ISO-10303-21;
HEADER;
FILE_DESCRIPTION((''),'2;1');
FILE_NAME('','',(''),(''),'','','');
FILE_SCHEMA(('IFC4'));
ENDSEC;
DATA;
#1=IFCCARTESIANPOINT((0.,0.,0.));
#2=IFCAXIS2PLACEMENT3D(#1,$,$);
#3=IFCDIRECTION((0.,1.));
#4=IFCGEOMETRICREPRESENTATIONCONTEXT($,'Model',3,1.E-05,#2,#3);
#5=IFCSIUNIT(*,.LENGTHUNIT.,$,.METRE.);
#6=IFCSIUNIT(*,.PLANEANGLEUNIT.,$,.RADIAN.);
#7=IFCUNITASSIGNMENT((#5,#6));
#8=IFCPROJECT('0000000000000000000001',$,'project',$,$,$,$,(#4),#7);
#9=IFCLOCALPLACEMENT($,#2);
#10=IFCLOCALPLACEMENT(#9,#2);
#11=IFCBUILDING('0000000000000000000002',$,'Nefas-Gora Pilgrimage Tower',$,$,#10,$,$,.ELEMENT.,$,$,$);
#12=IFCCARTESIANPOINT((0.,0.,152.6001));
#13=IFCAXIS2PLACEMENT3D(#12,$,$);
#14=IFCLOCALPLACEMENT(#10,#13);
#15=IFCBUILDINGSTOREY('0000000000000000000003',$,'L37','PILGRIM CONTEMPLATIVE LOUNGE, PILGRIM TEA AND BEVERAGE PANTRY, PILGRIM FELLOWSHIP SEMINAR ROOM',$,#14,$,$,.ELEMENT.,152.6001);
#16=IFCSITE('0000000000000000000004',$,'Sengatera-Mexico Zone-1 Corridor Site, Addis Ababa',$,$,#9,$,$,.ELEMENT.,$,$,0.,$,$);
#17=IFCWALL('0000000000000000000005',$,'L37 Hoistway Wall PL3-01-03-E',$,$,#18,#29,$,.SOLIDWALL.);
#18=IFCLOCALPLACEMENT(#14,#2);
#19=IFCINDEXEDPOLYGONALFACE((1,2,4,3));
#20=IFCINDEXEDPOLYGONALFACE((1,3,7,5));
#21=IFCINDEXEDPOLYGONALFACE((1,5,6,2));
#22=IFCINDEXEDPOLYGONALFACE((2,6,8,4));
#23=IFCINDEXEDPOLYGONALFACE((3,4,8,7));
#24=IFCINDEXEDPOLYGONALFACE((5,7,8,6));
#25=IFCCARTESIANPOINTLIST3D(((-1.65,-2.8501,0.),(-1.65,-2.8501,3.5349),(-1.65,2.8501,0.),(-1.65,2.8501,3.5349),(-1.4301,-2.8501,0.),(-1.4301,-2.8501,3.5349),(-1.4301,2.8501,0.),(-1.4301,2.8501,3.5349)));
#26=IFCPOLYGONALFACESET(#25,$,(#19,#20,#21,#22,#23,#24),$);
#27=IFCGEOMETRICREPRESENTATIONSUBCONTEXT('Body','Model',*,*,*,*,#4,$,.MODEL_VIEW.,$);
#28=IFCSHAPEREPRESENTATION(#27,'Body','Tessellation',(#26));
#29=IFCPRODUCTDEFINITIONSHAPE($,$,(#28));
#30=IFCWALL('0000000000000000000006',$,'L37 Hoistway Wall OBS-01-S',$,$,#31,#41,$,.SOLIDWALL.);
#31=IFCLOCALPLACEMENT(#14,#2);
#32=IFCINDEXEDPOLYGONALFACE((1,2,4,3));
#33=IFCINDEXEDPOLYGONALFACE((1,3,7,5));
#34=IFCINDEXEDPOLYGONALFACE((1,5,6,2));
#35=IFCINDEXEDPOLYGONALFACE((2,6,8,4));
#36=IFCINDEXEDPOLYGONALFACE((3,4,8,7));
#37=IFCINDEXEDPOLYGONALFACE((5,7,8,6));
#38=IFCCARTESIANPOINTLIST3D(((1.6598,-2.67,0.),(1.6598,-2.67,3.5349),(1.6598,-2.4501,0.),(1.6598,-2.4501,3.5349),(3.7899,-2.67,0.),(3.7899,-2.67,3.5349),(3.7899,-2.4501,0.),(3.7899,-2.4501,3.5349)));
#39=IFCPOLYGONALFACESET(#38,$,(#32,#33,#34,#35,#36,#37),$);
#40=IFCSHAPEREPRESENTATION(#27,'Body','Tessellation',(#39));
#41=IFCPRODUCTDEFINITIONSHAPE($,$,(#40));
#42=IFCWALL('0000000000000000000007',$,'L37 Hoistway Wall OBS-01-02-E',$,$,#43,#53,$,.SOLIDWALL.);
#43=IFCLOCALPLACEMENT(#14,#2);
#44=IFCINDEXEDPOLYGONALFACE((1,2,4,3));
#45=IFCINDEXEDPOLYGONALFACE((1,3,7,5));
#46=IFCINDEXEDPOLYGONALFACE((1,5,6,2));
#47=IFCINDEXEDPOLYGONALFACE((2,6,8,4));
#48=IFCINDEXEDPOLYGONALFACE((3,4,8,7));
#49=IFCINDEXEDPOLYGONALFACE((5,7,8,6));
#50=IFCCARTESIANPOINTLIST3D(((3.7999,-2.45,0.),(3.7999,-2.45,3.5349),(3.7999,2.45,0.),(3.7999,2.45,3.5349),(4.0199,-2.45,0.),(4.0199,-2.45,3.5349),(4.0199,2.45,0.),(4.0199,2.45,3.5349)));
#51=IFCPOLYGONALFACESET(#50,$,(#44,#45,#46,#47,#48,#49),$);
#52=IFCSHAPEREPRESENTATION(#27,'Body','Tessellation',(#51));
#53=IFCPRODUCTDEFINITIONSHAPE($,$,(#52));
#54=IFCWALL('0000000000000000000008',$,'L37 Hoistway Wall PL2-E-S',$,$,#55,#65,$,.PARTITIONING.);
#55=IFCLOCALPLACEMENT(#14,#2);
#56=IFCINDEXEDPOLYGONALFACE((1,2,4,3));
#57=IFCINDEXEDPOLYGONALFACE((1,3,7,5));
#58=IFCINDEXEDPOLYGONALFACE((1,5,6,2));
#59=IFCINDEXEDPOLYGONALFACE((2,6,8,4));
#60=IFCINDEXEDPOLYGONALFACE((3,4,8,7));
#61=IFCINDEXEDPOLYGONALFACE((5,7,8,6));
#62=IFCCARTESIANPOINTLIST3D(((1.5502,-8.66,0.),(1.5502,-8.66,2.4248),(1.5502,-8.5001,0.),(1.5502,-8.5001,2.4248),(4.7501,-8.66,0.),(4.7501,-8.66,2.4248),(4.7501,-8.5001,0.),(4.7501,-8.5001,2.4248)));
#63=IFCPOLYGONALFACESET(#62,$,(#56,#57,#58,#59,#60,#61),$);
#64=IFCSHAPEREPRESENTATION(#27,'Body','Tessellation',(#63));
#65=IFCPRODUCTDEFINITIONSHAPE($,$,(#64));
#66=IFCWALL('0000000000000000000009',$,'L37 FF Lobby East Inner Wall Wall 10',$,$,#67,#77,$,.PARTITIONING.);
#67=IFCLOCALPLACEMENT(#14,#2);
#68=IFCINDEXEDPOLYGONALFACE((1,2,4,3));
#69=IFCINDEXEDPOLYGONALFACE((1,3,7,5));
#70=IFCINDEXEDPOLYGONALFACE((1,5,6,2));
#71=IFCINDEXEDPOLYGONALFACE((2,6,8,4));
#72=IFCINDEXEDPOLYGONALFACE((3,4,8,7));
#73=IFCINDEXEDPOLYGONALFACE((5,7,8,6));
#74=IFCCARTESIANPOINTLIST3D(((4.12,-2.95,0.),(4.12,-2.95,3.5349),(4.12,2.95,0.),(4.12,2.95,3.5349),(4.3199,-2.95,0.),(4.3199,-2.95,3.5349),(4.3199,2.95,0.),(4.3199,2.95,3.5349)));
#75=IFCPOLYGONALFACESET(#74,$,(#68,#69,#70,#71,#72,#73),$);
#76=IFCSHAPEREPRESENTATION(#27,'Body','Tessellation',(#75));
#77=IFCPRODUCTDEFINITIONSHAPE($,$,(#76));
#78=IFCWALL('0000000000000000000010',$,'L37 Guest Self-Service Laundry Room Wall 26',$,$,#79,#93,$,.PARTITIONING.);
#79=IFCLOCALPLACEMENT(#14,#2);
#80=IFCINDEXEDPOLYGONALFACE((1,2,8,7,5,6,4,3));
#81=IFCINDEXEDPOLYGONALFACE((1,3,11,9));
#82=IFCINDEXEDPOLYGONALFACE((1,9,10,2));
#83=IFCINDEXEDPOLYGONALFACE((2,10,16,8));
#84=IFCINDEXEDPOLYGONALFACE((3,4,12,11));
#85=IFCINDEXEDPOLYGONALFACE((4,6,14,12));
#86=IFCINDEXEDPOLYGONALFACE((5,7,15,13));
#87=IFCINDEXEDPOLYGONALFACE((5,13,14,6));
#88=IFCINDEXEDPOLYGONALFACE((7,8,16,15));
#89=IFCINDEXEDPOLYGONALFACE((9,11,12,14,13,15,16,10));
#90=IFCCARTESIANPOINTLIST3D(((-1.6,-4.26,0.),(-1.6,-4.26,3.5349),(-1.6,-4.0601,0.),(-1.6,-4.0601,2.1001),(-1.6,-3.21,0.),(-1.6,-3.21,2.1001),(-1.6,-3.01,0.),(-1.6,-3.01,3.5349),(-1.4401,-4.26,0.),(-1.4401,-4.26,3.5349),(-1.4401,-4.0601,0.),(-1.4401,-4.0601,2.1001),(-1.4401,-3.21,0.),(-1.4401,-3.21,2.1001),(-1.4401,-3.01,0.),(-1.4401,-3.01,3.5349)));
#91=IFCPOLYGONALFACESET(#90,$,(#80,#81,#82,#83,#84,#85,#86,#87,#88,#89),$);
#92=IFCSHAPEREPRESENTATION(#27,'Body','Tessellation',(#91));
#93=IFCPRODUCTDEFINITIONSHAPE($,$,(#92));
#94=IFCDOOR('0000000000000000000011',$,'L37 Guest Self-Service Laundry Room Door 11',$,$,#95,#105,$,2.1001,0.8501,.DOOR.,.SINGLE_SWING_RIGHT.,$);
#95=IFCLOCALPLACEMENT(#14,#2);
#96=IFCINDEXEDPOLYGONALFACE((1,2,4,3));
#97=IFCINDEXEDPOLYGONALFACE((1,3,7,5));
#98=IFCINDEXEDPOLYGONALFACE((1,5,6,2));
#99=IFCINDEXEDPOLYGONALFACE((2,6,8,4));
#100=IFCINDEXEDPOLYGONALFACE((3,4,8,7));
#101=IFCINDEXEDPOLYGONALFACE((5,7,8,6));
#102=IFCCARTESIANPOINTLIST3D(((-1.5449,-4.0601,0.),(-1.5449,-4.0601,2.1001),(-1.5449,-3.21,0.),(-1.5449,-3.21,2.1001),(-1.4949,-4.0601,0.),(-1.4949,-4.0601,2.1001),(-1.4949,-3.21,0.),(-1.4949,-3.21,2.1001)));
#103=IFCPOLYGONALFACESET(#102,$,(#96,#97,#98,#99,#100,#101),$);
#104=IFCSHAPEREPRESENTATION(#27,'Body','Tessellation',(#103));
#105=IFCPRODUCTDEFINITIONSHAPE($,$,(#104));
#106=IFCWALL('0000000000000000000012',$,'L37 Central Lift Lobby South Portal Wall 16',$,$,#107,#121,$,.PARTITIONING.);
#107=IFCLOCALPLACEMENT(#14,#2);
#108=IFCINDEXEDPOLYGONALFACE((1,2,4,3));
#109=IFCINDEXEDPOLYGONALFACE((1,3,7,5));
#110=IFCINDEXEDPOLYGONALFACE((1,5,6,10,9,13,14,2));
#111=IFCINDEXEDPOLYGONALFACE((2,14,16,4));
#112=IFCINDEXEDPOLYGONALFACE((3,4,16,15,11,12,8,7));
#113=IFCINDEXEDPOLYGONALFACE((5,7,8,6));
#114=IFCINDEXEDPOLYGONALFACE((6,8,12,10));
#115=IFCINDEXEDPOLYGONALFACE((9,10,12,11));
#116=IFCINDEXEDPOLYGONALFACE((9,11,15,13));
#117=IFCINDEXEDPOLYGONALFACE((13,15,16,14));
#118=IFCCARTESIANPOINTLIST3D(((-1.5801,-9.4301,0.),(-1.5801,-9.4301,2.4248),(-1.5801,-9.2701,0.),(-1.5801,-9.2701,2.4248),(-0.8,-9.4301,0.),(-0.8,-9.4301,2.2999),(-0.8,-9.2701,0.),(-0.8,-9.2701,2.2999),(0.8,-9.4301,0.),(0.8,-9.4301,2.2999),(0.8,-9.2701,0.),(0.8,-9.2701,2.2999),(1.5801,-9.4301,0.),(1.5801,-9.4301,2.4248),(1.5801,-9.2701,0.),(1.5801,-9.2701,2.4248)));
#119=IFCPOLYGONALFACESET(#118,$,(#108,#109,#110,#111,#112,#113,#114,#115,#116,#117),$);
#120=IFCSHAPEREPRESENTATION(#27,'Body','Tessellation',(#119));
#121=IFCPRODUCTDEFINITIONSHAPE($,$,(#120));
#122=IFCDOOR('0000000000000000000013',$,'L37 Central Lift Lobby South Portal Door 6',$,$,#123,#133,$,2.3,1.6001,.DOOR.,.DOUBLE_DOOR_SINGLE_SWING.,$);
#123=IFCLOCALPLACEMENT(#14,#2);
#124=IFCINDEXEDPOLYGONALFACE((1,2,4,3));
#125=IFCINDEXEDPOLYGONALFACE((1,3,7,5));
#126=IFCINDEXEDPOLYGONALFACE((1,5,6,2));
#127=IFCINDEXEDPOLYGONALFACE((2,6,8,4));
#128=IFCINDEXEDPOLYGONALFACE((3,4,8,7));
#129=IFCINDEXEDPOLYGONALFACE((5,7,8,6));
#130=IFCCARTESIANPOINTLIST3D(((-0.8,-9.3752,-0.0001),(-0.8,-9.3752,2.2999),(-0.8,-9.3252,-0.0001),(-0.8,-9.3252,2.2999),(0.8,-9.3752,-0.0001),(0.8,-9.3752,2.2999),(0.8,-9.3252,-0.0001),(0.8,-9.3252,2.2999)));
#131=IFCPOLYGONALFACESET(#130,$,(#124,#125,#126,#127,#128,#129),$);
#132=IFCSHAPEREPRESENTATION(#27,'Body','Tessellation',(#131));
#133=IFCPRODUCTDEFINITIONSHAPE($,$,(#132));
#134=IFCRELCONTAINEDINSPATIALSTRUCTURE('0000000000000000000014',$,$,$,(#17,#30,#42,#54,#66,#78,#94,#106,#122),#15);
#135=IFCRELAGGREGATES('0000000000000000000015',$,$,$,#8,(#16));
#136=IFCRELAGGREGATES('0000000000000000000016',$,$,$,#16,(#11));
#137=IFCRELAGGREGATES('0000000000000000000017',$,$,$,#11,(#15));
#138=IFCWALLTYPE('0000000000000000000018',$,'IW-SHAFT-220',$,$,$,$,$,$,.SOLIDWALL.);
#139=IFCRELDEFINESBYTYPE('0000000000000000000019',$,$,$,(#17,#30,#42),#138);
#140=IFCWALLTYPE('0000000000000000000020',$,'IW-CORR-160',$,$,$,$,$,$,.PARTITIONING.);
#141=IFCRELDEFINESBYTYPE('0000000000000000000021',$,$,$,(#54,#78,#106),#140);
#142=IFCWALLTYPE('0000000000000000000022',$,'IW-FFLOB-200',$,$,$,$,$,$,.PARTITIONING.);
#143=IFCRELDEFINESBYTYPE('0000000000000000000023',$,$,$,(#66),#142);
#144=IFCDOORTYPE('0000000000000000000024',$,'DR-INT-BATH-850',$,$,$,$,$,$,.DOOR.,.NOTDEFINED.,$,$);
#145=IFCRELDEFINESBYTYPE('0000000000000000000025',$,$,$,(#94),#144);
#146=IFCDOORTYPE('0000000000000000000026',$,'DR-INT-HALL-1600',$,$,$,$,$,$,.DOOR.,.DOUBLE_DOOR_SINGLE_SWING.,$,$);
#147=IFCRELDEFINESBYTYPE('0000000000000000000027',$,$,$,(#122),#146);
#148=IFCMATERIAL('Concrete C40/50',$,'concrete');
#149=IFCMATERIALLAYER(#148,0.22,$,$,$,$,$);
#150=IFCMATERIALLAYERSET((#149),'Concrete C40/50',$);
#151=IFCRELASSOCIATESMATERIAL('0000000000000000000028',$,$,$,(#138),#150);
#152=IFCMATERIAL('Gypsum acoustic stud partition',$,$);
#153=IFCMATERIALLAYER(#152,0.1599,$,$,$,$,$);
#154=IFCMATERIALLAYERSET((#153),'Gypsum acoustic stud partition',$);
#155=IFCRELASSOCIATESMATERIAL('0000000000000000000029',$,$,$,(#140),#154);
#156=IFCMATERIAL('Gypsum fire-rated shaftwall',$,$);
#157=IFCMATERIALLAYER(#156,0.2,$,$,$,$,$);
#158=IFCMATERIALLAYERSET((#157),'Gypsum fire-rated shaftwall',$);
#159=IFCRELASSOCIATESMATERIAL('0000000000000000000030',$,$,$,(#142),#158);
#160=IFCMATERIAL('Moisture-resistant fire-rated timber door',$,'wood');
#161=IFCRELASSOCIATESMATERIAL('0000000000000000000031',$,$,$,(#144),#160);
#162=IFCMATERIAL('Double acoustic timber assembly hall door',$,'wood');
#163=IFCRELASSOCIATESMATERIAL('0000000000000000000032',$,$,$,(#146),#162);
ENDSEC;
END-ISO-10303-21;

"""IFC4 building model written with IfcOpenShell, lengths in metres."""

from ifc_helpers import new_model, si_unit, direction, frame, frame_2d, origin, place, context, subcontext, project, spatial, rectangle, extrude, source, transform, mapped, material, layer, layer_set, type_object, element, fill, save


model = new_model("IFC4")

# Units and contexts
model_context = context("Model", 3, precision=1e-05, world=origin(), true_north=direction((0.0, 1.0)))
body_context = subcontext(model_context, "Body", "Model", "MODEL_VIEW")
ifc_project = project(units=[si_unit("LENGTHUNIT", "METRE"), si_unit("PLANEANGLEUNIT", "RADIAN")], contexts=[model_context])

# Site, building, storey
site_placement = place(None, origin())
site = spatial("IfcSite", under=ifc_project, at=site_placement, Name="Sengatera-Mexico Zone-1 Corridor Site, Addis Ababa", CompositionType="ELEMENT", RefElevation=0.0)
building_placement = place(site_placement, origin())
building = spatial("IfcBuilding", under=site, at=building_placement, Name="Nefas-Gora Pilgrimage Tower", CompositionType="ELEMENT")
storey_placement = place(building_placement, frame((0.0, 0.0, 152.6001)))
storey = spatial("IfcBuildingStorey", under=building, at=storey_placement, Name="L37", Description="PILGRIM CONTEMPLATIVE LOUNGE, PILGRIM TEA AND BEVERAGE PANTRY, PILGRIM FELLOWSHIP SEMINAR ROOM", CompositionType="ELEMENT", Elevation=152.6001)

# Shared definitions
ifc_material_1 = material(Name="Concrete C40/50", Category="concrete")
ifc_layer_1 = layer(ifc_material_1, 0.22)
ifc_layer_set_1 = layer_set([ifc_layer_1], Name="Concrete C40/50")
wall_type_1 = type_object("IfcWallType", Name="IW-SHAFT-220", PredefinedType="SOLIDWALL", material=ifc_layer_set_1)

# Walls
shared_shape_1 = source(origin(), body_context, "Body", "SweptSolid", [
    extrude(rectangle(XDim=5.7002, YDim=0.22, at=frame_2d((2.8501, 0.0))), origin(), (0.0, 0.0, 1.0), 3.5349),
])
wall_1_placement = place(storey_placement, frame((-1.54, -2.8501, 0.0), z_axis=(0.0, 0.0, 1.0), x_axis=(0.0, 1.0, 0.0)))
element("IfcWall", 1, at=wall_1_placement, inside=storey, type_object=wall_type_1, Name="L37 Hoistway Wall PL3-01-03-E", PredefinedType="SOLIDWALL", context=body_context, shape_type="MappedRepresentation", body=[
    mapped(shared_shape_1, transform((0.0, 0.0, 0.0), x_axis=(1.0, 0.0, 0.0), y_axis=(0.0, 1.0, 0.0), z_axis=(0.0, 0.0, 1.0), scale=1.0)),
])
shared_shape_2 = source(origin(), body_context, "Body", "SweptSolid", [
    extrude(rectangle(XDim=2.1301, YDim=0.22, at=frame_2d((1.0649, 0.0))), origin(), (0.0, 0.0, 1.0), 3.5349),
])
wall_2_placement = place(storey_placement, frame((1.6599, -2.5601, 0.0), z_axis=(0.0, 0.0, 1.0), x_axis=(1.0, 0.0, 0.0)))
element("IfcWall", 2, at=wall_2_placement, inside=storey, type_object=wall_type_1, Name="L37 Hoistway Wall OBS-01-S", PredefinedType="SOLIDWALL", context=body_context, shape_type="MappedRepresentation", body=[
    mapped(shared_shape_2, transform((0.0, 0.0, 0.0), x_axis=(1.0, 0.0, 0.0), y_axis=(0.0, 1.0, 0.0), z_axis=(0.0, 0.0, 1.0), scale=1.0)),
])
shared_shape_3 = source(origin(), body_context, "Body", "SweptSolid", [
    extrude(rectangle(XDim=4.8999, YDim=0.22, at=frame_2d((2.45, 0.0))), origin(), (0.0, 0.0, 1.0), 3.5349),
])
wall_3_placement = place(storey_placement, frame((3.9099, -2.45, 0.0), z_axis=(0.0, 0.0, 1.0), x_axis=(0.0, 1.0, 0.0)))
element("IfcWall", 3, at=wall_3_placement, inside=storey, type_object=wall_type_1, Name="L37 Hoistway Wall OBS-01-02-E", PredefinedType="SOLIDWALL", context=body_context, shape_type="MappedRepresentation", body=[
    mapped(shared_shape_3, transform((0.0, 0.0, 0.0), x_axis=(1.0, 0.0, 0.0), y_axis=(0.0, 1.0, 0.0), z_axis=(0.0, 0.0, 1.0), scale=1.0)),
])
ifc_material_2 = material(Name="Gypsum acoustic stud partition")
ifc_layer_2 = layer(ifc_material_2, 0.1599)
ifc_layer_set_2 = layer_set([ifc_layer_2], Name="Gypsum acoustic stud partition")
wall_type_2 = type_object("IfcWallType", Name="IW-CORR-160", PredefinedType="PARTITIONING", material=ifc_layer_set_2)
shared_shape_4 = source(origin(), body_context, "Body", "SweptSolid", [
    extrude(rectangle(XDim=3.2, YDim=0.1599, at=frame_2d((1.6001, 0.0))), origin(), (0.0, 0.0, 1.0), 2.4248),
])
wall_4_placement = place(storey_placement, frame((1.55, -8.5801, 0.0), z_axis=(0.0, 0.0, 1.0), x_axis=(1.0, 0.0, 0.0)))
element("IfcWall", 4, at=wall_4_placement, inside=storey, type_object=wall_type_2, Name="L37 Hoistway Wall PL2-E-S", PredefinedType="PARTITIONING", context=body_context, shape_type="MappedRepresentation", body=[
    mapped(shared_shape_4, transform((0.0, 0.0, 0.0), x_axis=(1.0, 0.0, 0.0), y_axis=(0.0, 1.0, 0.0), z_axis=(0.0, 0.0, 1.0), scale=1.0)),
])
ifc_material_3 = material(Name="Gypsum fire-rated shaftwall")
ifc_layer_3 = layer(ifc_material_3, 0.2)
ifc_layer_set_3 = layer_set([ifc_layer_3], Name="Gypsum fire-rated shaftwall")
wall_type_3 = type_object("IfcWallType", Name="IW-FFLOB-200", PredefinedType="PARTITIONING", material=ifc_layer_set_3)
shared_shape_5 = source(origin(), body_context, "Body", "SweptSolid", [
    extrude(rectangle(XDim=5.8999, YDim=0.2, at=frame_2d((2.95, 0.0))), origin(), (0.0, 0.0, 1.0), 3.5349),
])
wall_5_placement = place(storey_placement, frame((4.22, -2.95, 0.0), z_axis=(0.0, 0.0, 1.0), x_axis=(0.0, 1.0, 0.0)))
element("IfcWall", 5, at=wall_5_placement, inside=storey, type_object=wall_type_3, Name="L37 FF Lobby East Inner Wall Wall 10", PredefinedType="PARTITIONING", context=body_context, shape_type="MappedRepresentation", body=[
    mapped(shared_shape_5, transform((0.0, 0.0, 0.0), x_axis=(1.0, 0.0, 0.0), y_axis=(0.0, 1.0, 0.0), z_axis=(0.0, 0.0, 1.0), scale=1.0)),
])

# Walls, openings, doors
shared_shape_6 = source(origin(), body_context, "Body", "SweptSolid", [
    extrude(rectangle(XDim=1.25, YDim=0.1599, at=frame_2d((0.625, 0.0))), origin(), (0.0, 0.0, 1.0), 3.5349),
])
wall_6_placement = place(storey_placement, frame((-1.52, -4.26, 0.0), z_axis=(0.0, 0.0, 1.0), x_axis=(0.0, 1.0, 0.0)))
wall_6 = element("IfcWall", 6, at=wall_6_placement, inside=storey, type_object=wall_type_2, Name="L37 Guest Self-Service Laundry Room Wall 26", PredefinedType="PARTITIONING", context=body_context, shape_type="MappedRepresentation", body=[
    mapped(shared_shape_6, transform((0.0, 0.0, 0.0), x_axis=(1.0, 0.0, 0.0), y_axis=(0.0, 1.0, 0.0), z_axis=(0.0, 0.0, 1.0), scale=1.0)),
])
opening_1_placement = place(wall_6_placement, frame((0.2, 0.0, 0.0)))
opening_1 = element("IfcOpeningElement", 7, at=opening_1_placement, cuts=wall_6, PredefinedType="OPENING", context=body_context, shape_type="SweptSolid", body=[
    extrude(rectangle(XDim=0.8501, YDim=2.1001, at=frame_2d((0.425, 1.05))), frame((0.0, 0.0898, 0.0), z_axis=(0.0, -1.0, 0.0), x_axis=(1.0, 0.0, 0.0)), (0.0, 0.0, 1.0), 0.1799),
])
ifc_material_4 = material(Name="Moisture-resistant fire-rated timber door", Category="wood")
door_type_1 = type_object("IfcDoorType", Name="DR-INT-BATH-850", OperationType="NOTDEFINED", PredefinedType="DOOR", material=ifc_material_4)
shared_shape_7 = source(origin(), body_context, "Body", "SweptSolid", [
    extrude(rectangle(XDim=0.8501, YDim=2.1001, at=frame_2d((0.425, 1.05))), frame((0.0, 0.0249, 0.0), z_axis=(0.0, -1.0, 0.0), x_axis=(1.0, 0.0, 0.0)), (0.0, 0.0, 1.0), 0.05),
])
door_1_placement = place(opening_1_placement, origin())
door_1 = element("IfcDoor", 8, at=door_1_placement, inside=storey, type_object=door_type_1, Name="L37 Guest Self-Service Laundry Room Door 11", OperationType="SINGLE_SWING_RIGHT", OverallHeight=2.1001, OverallWidth=0.8501, PredefinedType="DOOR", context=body_context, shape_type="MappedRepresentation", body=[
    mapped(shared_shape_7, transform((0.0, 0.0, 0.0), x_axis=(1.0, 0.0, 0.0), y_axis=(0.0, 1.0, 0.0), z_axis=(0.0, 0.0, 1.0), scale=1.0)),
])
fill(opening_1, door_1)
shared_shape_8 = source(origin(), body_context, "Body", "SweptSolid", [
    extrude(rectangle(XDim=3.1602, YDim=0.1599, at=frame_2d((1.5801, 0.0))), origin(), (0.0, 0.0, 1.0), 2.4248),
])
wall_7_placement = place(storey_placement, frame((-1.5801, -9.3501, 0.0), z_axis=(0.0, 0.0, 1.0), x_axis=(1.0, 0.0, 0.0)))
wall_7 = element("IfcWall", 9, at=wall_7_placement, inside=storey, type_object=wall_type_2, Name="L37 Central Lift Lobby South Portal Wall 16", PredefinedType="PARTITIONING", context=body_context, shape_type="MappedRepresentation", body=[
    mapped(shared_shape_8, transform((0.0, 0.0, 0.0), x_axis=(1.0, 0.0, 0.0), y_axis=(0.0, 1.0, 0.0), z_axis=(0.0, 0.0, 1.0), scale=1.0)),
])
opening_2_placement = place(wall_7_placement, frame((0.78, 0.0, 0.0)))
opening_2 = element("IfcOpeningElement", 10, at=opening_2_placement, cuts=wall_7, PredefinedType="OPENING", context=body_context, shape_type="SweptSolid", body=[
    extrude(rectangle(XDim=1.6001, YDim=2.3, at=frame_2d((0.8, 1.1499))), frame((0.0, 0.0898, 0.0), z_axis=(0.0, -1.0, 0.0), x_axis=(1.0, 0.0, 0.0)), (0.0, 0.0, 1.0), 0.1799),
])
ifc_material_5 = material(Name="Double acoustic timber assembly hall door", Category="wood")
door_type_2 = type_object("IfcDoorType", Name="DR-INT-HALL-1600", OperationType="DOUBLE_DOOR_SINGLE_SWING", PredefinedType="DOOR", material=ifc_material_5)
shared_shape_9 = source(origin(), body_context, "Body", "SweptSolid", [
    extrude(rectangle(XDim=1.6001, YDim=2.3, at=frame_2d((0.8, 1.1499))), frame((0.0, 0.0249, 0.0), z_axis=(0.0, -1.0, 0.0), x_axis=(1.0, 0.0, 0.0)), (0.0, 0.0, 1.0), 0.05),
])
door_2_placement = place(opening_2_placement, origin())
door_2 = element("IfcDoor", 11, at=door_2_placement, inside=storey, type_object=door_type_2, Name="L37 Central Lift Lobby South Portal Door 6", OperationType="DOUBLE_DOOR_SINGLE_SWING", OverallHeight=2.3, OverallWidth=1.6001, PredefinedType="DOOR", context=body_context, shape_type="MappedRepresentation", body=[
    mapped(shared_shape_9, transform((0.0, 0.0, 0.0), x_axis=(1.0, 0.0, 0.0), y_axis=(0.0, 1.0, 0.0), z_axis=(0.0, 0.0, 1.0), scale=1.0)),
])
fill(opening_2, door_2)

save(model, "model.ifc")
